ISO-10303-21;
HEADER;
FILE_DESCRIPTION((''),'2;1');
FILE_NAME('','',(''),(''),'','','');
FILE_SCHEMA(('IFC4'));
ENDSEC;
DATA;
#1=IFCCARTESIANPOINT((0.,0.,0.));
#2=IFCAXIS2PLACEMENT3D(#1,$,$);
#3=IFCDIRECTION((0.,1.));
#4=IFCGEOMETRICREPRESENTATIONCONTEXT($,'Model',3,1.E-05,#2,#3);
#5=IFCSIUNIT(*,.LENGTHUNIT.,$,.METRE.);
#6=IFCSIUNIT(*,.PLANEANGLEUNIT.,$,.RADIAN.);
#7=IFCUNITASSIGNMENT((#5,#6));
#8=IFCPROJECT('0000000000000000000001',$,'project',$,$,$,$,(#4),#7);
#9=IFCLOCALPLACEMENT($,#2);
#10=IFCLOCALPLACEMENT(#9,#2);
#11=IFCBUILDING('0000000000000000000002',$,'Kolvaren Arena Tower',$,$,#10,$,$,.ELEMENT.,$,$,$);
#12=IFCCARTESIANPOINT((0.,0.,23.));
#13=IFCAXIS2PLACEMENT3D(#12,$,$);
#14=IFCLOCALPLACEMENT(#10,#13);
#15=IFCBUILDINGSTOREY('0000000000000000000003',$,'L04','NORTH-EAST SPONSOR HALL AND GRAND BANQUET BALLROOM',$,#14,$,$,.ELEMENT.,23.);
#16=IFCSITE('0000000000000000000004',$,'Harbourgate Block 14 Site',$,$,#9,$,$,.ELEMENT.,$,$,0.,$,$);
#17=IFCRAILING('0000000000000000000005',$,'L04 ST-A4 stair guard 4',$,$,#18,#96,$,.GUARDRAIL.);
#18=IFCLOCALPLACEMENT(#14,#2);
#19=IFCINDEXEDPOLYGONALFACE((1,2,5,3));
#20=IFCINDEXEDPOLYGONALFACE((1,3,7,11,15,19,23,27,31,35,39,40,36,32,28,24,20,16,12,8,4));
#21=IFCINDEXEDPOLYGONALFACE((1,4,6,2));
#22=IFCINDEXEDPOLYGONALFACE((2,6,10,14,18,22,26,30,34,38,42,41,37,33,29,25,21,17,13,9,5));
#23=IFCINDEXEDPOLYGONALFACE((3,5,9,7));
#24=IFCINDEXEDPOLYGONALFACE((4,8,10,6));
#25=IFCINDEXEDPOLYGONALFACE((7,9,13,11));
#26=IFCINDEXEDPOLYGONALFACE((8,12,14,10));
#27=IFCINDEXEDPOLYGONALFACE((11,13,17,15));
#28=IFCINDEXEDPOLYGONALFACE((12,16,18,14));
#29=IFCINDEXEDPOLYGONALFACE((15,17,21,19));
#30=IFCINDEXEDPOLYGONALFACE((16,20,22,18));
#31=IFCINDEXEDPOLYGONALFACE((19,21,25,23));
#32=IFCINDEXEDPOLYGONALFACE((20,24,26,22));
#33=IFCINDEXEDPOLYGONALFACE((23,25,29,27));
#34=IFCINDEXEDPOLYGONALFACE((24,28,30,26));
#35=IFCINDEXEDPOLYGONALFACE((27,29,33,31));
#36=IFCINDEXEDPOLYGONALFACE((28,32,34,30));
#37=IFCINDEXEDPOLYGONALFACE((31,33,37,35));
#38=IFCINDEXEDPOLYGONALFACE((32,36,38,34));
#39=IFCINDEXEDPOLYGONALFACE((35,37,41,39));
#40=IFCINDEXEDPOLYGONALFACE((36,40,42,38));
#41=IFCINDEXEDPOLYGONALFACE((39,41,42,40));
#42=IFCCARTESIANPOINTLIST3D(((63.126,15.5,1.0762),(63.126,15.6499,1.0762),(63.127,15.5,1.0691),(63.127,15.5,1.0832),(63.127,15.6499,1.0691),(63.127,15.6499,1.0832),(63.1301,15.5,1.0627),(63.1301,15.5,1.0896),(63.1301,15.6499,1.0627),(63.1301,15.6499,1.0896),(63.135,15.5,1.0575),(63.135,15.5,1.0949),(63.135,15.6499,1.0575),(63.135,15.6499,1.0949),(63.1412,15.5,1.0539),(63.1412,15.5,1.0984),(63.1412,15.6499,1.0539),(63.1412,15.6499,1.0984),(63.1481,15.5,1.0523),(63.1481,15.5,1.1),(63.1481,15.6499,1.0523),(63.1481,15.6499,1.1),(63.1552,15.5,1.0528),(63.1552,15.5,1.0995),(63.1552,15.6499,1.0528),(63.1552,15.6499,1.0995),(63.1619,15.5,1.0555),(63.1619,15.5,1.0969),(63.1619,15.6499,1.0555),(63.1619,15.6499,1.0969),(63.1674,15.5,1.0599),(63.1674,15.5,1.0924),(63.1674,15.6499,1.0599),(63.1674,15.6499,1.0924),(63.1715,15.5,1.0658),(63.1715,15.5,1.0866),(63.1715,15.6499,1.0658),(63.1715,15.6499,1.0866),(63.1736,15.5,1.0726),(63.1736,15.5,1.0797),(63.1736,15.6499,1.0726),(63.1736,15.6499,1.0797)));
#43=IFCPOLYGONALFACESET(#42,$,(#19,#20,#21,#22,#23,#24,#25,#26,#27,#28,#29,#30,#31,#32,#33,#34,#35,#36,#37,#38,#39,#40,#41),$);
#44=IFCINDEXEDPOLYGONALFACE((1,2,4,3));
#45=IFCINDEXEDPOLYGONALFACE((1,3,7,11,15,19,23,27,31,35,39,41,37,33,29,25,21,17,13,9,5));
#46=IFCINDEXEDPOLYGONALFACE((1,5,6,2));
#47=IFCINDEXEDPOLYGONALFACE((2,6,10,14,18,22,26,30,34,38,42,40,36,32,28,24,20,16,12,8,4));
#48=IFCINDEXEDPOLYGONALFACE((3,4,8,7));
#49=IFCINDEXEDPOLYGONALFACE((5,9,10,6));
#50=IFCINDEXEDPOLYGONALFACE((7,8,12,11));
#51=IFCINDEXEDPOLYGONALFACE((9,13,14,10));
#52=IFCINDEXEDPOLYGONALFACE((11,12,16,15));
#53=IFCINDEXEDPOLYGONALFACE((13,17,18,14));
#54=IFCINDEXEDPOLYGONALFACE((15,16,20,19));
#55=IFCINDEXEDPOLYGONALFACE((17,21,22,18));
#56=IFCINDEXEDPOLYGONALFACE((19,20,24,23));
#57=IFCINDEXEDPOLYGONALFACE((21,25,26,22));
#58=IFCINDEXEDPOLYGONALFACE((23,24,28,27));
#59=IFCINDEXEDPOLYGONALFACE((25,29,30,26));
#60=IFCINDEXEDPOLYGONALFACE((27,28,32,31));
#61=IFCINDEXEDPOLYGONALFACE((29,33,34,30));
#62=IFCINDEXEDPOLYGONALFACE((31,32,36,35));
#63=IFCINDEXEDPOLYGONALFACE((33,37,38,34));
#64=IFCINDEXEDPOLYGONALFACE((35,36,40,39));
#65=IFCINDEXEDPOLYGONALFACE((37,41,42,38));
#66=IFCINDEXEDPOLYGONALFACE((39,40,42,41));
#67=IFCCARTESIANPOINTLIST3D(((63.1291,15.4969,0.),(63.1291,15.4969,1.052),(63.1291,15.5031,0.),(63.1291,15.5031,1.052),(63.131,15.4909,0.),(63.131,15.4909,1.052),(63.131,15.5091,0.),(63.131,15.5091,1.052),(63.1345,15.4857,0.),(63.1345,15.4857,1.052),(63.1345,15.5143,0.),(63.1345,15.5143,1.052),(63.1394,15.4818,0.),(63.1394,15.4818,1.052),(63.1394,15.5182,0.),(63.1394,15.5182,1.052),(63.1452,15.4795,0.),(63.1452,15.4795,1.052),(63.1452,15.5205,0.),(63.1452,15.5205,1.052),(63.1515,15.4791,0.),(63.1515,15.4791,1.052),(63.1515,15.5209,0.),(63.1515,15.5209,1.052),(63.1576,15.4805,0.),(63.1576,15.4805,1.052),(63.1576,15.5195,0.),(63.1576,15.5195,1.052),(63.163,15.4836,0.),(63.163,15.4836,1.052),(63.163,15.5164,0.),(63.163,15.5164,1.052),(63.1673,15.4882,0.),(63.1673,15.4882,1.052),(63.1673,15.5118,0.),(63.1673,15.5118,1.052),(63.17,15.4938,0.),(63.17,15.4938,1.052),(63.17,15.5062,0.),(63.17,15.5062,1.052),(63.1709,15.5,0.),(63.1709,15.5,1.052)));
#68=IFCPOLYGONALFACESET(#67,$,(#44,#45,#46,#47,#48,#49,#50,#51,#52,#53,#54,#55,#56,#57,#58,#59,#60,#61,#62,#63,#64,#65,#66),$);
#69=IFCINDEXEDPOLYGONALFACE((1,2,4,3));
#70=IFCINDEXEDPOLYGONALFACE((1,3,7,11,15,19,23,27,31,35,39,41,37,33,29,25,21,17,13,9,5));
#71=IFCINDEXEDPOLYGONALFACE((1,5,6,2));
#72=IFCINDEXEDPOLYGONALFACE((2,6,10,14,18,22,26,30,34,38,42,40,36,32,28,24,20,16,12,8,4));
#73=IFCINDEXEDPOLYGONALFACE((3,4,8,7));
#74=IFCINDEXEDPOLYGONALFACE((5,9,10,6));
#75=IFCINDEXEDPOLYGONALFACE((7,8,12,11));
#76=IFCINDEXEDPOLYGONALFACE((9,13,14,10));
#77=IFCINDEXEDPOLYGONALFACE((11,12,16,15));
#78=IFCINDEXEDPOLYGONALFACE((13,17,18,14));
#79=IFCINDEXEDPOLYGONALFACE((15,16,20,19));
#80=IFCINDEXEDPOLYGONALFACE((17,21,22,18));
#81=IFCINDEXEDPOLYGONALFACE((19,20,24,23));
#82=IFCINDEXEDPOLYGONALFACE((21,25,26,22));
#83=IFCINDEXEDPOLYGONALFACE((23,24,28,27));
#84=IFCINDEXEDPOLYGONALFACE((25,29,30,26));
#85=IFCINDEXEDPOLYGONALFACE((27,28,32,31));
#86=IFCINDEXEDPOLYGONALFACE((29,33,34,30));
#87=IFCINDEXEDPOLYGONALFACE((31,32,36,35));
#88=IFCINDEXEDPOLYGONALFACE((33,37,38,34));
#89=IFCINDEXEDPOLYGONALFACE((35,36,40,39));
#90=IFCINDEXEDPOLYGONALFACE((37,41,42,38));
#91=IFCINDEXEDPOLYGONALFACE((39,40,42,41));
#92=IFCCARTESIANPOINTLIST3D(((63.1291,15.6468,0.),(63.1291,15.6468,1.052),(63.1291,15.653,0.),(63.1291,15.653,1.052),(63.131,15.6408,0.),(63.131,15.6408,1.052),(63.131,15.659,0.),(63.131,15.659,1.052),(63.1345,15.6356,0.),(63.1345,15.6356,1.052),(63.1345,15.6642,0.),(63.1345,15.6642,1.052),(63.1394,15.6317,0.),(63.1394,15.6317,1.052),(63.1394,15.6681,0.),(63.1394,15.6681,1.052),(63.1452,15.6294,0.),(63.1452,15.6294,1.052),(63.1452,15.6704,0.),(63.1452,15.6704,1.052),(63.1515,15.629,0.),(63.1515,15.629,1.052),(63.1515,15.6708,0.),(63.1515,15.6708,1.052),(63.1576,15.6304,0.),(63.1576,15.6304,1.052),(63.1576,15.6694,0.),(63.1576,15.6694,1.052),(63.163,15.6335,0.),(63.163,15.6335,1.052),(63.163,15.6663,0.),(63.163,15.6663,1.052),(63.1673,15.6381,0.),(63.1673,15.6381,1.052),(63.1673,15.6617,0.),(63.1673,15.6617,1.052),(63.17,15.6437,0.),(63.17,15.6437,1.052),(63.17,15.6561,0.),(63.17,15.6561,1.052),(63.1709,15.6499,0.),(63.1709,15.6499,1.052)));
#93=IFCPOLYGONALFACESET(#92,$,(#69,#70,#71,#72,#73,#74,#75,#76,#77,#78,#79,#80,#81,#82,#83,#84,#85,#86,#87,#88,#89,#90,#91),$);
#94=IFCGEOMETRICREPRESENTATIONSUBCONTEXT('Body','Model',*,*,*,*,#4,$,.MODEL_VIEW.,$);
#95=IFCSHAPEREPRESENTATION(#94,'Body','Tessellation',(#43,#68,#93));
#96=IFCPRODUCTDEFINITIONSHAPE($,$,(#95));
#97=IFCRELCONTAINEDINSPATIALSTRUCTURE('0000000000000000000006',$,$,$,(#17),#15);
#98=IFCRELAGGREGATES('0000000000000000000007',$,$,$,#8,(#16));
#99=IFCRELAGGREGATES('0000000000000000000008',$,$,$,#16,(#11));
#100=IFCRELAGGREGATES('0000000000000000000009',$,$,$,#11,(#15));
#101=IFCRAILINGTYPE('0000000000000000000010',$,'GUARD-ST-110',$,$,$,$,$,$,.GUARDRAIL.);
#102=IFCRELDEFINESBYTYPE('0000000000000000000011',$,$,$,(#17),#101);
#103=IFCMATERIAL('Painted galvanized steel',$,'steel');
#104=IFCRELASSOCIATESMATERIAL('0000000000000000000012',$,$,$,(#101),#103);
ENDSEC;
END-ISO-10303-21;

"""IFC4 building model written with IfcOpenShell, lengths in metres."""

from ifc_helpers import new_model, si_unit, direction, frame, origin, origin_2d, place, context, subcontext, project, spatial, circle, extrude, material, type_object, element, save


model = new_model("IFC4")

# Units and contexts
model_context = context("Model", 3, precision=1e-05, world=origin(), true_north=direction((0.0, 1.0)))
body_context = subcontext(model_context, "Body", "Model", "MODEL_VIEW")
ifc_project = project(units=[si_unit("LENGTHUNIT", "METRE"), si_unit("PLANEANGLEUNIT", "RADIAN")], contexts=[model_context])

# Site, building, storey
site_placement = place(None, origin())
site = spatial("IfcSite", under=ifc_project, at=site_placement, Name="Harbourgate Block 14 Site", CompositionType="ELEMENT", RefElevation=0.0)
building_placement = place(site_placement, origin())
building = spatial("IfcBuilding", under=site, at=building_placement, Name="Kolvaren Arena Tower", CompositionType="ELEMENT")
storey_placement = place(building_placement, frame((0.0, 0.0, 23.0)))
storey = spatial("IfcBuildingStorey", under=building, at=storey_placement, Name="L04", Description="NORTH-EAST SPONSOR HALL AND GRAND BANQUET BALLROOM", CompositionType="ELEMENT", Elevation=23.0)

# Railing
ifc_material_1 = material(Name="Painted galvanized steel", Category="steel")
railing_type_1 = type_object("IfcRailingType", Name="GUARD-ST-110", PredefinedType="GUARDRAIL", material=ifc_material_1)
railing_1_placement = place(storey_placement, frame((63.1499, 15.5, 0.0)))
element("IfcRailing", 1, at=railing_1_placement, inside=storey, type_object=railing_type_1, Name="L04 ST-A4 stair guard 4", PredefinedType="GUARDRAIL", context=body_context, shape_type="SweptSolid", body=[
    extrude(circle(Radius=0.0239, at=origin_2d()), frame((0.0, 0.0, 1.0762), z_axis=(0.0, 1.0, 0.0), x_axis=(-1.0, 0.0, 0.0)), (0.0, 0.0, 1.0), 0.1499),
    extrude(circle(Radius=0.021, at=origin_2d()), origin(), (0.0, 0.0, 1.0), 1.052),
    extrude(circle(Radius=0.021, at=origin_2d()), frame((0.0, 0.1499, 0.0)), (0.0, 0.0, 1.0), 1.052),
])

save(model, "model.ifc")
